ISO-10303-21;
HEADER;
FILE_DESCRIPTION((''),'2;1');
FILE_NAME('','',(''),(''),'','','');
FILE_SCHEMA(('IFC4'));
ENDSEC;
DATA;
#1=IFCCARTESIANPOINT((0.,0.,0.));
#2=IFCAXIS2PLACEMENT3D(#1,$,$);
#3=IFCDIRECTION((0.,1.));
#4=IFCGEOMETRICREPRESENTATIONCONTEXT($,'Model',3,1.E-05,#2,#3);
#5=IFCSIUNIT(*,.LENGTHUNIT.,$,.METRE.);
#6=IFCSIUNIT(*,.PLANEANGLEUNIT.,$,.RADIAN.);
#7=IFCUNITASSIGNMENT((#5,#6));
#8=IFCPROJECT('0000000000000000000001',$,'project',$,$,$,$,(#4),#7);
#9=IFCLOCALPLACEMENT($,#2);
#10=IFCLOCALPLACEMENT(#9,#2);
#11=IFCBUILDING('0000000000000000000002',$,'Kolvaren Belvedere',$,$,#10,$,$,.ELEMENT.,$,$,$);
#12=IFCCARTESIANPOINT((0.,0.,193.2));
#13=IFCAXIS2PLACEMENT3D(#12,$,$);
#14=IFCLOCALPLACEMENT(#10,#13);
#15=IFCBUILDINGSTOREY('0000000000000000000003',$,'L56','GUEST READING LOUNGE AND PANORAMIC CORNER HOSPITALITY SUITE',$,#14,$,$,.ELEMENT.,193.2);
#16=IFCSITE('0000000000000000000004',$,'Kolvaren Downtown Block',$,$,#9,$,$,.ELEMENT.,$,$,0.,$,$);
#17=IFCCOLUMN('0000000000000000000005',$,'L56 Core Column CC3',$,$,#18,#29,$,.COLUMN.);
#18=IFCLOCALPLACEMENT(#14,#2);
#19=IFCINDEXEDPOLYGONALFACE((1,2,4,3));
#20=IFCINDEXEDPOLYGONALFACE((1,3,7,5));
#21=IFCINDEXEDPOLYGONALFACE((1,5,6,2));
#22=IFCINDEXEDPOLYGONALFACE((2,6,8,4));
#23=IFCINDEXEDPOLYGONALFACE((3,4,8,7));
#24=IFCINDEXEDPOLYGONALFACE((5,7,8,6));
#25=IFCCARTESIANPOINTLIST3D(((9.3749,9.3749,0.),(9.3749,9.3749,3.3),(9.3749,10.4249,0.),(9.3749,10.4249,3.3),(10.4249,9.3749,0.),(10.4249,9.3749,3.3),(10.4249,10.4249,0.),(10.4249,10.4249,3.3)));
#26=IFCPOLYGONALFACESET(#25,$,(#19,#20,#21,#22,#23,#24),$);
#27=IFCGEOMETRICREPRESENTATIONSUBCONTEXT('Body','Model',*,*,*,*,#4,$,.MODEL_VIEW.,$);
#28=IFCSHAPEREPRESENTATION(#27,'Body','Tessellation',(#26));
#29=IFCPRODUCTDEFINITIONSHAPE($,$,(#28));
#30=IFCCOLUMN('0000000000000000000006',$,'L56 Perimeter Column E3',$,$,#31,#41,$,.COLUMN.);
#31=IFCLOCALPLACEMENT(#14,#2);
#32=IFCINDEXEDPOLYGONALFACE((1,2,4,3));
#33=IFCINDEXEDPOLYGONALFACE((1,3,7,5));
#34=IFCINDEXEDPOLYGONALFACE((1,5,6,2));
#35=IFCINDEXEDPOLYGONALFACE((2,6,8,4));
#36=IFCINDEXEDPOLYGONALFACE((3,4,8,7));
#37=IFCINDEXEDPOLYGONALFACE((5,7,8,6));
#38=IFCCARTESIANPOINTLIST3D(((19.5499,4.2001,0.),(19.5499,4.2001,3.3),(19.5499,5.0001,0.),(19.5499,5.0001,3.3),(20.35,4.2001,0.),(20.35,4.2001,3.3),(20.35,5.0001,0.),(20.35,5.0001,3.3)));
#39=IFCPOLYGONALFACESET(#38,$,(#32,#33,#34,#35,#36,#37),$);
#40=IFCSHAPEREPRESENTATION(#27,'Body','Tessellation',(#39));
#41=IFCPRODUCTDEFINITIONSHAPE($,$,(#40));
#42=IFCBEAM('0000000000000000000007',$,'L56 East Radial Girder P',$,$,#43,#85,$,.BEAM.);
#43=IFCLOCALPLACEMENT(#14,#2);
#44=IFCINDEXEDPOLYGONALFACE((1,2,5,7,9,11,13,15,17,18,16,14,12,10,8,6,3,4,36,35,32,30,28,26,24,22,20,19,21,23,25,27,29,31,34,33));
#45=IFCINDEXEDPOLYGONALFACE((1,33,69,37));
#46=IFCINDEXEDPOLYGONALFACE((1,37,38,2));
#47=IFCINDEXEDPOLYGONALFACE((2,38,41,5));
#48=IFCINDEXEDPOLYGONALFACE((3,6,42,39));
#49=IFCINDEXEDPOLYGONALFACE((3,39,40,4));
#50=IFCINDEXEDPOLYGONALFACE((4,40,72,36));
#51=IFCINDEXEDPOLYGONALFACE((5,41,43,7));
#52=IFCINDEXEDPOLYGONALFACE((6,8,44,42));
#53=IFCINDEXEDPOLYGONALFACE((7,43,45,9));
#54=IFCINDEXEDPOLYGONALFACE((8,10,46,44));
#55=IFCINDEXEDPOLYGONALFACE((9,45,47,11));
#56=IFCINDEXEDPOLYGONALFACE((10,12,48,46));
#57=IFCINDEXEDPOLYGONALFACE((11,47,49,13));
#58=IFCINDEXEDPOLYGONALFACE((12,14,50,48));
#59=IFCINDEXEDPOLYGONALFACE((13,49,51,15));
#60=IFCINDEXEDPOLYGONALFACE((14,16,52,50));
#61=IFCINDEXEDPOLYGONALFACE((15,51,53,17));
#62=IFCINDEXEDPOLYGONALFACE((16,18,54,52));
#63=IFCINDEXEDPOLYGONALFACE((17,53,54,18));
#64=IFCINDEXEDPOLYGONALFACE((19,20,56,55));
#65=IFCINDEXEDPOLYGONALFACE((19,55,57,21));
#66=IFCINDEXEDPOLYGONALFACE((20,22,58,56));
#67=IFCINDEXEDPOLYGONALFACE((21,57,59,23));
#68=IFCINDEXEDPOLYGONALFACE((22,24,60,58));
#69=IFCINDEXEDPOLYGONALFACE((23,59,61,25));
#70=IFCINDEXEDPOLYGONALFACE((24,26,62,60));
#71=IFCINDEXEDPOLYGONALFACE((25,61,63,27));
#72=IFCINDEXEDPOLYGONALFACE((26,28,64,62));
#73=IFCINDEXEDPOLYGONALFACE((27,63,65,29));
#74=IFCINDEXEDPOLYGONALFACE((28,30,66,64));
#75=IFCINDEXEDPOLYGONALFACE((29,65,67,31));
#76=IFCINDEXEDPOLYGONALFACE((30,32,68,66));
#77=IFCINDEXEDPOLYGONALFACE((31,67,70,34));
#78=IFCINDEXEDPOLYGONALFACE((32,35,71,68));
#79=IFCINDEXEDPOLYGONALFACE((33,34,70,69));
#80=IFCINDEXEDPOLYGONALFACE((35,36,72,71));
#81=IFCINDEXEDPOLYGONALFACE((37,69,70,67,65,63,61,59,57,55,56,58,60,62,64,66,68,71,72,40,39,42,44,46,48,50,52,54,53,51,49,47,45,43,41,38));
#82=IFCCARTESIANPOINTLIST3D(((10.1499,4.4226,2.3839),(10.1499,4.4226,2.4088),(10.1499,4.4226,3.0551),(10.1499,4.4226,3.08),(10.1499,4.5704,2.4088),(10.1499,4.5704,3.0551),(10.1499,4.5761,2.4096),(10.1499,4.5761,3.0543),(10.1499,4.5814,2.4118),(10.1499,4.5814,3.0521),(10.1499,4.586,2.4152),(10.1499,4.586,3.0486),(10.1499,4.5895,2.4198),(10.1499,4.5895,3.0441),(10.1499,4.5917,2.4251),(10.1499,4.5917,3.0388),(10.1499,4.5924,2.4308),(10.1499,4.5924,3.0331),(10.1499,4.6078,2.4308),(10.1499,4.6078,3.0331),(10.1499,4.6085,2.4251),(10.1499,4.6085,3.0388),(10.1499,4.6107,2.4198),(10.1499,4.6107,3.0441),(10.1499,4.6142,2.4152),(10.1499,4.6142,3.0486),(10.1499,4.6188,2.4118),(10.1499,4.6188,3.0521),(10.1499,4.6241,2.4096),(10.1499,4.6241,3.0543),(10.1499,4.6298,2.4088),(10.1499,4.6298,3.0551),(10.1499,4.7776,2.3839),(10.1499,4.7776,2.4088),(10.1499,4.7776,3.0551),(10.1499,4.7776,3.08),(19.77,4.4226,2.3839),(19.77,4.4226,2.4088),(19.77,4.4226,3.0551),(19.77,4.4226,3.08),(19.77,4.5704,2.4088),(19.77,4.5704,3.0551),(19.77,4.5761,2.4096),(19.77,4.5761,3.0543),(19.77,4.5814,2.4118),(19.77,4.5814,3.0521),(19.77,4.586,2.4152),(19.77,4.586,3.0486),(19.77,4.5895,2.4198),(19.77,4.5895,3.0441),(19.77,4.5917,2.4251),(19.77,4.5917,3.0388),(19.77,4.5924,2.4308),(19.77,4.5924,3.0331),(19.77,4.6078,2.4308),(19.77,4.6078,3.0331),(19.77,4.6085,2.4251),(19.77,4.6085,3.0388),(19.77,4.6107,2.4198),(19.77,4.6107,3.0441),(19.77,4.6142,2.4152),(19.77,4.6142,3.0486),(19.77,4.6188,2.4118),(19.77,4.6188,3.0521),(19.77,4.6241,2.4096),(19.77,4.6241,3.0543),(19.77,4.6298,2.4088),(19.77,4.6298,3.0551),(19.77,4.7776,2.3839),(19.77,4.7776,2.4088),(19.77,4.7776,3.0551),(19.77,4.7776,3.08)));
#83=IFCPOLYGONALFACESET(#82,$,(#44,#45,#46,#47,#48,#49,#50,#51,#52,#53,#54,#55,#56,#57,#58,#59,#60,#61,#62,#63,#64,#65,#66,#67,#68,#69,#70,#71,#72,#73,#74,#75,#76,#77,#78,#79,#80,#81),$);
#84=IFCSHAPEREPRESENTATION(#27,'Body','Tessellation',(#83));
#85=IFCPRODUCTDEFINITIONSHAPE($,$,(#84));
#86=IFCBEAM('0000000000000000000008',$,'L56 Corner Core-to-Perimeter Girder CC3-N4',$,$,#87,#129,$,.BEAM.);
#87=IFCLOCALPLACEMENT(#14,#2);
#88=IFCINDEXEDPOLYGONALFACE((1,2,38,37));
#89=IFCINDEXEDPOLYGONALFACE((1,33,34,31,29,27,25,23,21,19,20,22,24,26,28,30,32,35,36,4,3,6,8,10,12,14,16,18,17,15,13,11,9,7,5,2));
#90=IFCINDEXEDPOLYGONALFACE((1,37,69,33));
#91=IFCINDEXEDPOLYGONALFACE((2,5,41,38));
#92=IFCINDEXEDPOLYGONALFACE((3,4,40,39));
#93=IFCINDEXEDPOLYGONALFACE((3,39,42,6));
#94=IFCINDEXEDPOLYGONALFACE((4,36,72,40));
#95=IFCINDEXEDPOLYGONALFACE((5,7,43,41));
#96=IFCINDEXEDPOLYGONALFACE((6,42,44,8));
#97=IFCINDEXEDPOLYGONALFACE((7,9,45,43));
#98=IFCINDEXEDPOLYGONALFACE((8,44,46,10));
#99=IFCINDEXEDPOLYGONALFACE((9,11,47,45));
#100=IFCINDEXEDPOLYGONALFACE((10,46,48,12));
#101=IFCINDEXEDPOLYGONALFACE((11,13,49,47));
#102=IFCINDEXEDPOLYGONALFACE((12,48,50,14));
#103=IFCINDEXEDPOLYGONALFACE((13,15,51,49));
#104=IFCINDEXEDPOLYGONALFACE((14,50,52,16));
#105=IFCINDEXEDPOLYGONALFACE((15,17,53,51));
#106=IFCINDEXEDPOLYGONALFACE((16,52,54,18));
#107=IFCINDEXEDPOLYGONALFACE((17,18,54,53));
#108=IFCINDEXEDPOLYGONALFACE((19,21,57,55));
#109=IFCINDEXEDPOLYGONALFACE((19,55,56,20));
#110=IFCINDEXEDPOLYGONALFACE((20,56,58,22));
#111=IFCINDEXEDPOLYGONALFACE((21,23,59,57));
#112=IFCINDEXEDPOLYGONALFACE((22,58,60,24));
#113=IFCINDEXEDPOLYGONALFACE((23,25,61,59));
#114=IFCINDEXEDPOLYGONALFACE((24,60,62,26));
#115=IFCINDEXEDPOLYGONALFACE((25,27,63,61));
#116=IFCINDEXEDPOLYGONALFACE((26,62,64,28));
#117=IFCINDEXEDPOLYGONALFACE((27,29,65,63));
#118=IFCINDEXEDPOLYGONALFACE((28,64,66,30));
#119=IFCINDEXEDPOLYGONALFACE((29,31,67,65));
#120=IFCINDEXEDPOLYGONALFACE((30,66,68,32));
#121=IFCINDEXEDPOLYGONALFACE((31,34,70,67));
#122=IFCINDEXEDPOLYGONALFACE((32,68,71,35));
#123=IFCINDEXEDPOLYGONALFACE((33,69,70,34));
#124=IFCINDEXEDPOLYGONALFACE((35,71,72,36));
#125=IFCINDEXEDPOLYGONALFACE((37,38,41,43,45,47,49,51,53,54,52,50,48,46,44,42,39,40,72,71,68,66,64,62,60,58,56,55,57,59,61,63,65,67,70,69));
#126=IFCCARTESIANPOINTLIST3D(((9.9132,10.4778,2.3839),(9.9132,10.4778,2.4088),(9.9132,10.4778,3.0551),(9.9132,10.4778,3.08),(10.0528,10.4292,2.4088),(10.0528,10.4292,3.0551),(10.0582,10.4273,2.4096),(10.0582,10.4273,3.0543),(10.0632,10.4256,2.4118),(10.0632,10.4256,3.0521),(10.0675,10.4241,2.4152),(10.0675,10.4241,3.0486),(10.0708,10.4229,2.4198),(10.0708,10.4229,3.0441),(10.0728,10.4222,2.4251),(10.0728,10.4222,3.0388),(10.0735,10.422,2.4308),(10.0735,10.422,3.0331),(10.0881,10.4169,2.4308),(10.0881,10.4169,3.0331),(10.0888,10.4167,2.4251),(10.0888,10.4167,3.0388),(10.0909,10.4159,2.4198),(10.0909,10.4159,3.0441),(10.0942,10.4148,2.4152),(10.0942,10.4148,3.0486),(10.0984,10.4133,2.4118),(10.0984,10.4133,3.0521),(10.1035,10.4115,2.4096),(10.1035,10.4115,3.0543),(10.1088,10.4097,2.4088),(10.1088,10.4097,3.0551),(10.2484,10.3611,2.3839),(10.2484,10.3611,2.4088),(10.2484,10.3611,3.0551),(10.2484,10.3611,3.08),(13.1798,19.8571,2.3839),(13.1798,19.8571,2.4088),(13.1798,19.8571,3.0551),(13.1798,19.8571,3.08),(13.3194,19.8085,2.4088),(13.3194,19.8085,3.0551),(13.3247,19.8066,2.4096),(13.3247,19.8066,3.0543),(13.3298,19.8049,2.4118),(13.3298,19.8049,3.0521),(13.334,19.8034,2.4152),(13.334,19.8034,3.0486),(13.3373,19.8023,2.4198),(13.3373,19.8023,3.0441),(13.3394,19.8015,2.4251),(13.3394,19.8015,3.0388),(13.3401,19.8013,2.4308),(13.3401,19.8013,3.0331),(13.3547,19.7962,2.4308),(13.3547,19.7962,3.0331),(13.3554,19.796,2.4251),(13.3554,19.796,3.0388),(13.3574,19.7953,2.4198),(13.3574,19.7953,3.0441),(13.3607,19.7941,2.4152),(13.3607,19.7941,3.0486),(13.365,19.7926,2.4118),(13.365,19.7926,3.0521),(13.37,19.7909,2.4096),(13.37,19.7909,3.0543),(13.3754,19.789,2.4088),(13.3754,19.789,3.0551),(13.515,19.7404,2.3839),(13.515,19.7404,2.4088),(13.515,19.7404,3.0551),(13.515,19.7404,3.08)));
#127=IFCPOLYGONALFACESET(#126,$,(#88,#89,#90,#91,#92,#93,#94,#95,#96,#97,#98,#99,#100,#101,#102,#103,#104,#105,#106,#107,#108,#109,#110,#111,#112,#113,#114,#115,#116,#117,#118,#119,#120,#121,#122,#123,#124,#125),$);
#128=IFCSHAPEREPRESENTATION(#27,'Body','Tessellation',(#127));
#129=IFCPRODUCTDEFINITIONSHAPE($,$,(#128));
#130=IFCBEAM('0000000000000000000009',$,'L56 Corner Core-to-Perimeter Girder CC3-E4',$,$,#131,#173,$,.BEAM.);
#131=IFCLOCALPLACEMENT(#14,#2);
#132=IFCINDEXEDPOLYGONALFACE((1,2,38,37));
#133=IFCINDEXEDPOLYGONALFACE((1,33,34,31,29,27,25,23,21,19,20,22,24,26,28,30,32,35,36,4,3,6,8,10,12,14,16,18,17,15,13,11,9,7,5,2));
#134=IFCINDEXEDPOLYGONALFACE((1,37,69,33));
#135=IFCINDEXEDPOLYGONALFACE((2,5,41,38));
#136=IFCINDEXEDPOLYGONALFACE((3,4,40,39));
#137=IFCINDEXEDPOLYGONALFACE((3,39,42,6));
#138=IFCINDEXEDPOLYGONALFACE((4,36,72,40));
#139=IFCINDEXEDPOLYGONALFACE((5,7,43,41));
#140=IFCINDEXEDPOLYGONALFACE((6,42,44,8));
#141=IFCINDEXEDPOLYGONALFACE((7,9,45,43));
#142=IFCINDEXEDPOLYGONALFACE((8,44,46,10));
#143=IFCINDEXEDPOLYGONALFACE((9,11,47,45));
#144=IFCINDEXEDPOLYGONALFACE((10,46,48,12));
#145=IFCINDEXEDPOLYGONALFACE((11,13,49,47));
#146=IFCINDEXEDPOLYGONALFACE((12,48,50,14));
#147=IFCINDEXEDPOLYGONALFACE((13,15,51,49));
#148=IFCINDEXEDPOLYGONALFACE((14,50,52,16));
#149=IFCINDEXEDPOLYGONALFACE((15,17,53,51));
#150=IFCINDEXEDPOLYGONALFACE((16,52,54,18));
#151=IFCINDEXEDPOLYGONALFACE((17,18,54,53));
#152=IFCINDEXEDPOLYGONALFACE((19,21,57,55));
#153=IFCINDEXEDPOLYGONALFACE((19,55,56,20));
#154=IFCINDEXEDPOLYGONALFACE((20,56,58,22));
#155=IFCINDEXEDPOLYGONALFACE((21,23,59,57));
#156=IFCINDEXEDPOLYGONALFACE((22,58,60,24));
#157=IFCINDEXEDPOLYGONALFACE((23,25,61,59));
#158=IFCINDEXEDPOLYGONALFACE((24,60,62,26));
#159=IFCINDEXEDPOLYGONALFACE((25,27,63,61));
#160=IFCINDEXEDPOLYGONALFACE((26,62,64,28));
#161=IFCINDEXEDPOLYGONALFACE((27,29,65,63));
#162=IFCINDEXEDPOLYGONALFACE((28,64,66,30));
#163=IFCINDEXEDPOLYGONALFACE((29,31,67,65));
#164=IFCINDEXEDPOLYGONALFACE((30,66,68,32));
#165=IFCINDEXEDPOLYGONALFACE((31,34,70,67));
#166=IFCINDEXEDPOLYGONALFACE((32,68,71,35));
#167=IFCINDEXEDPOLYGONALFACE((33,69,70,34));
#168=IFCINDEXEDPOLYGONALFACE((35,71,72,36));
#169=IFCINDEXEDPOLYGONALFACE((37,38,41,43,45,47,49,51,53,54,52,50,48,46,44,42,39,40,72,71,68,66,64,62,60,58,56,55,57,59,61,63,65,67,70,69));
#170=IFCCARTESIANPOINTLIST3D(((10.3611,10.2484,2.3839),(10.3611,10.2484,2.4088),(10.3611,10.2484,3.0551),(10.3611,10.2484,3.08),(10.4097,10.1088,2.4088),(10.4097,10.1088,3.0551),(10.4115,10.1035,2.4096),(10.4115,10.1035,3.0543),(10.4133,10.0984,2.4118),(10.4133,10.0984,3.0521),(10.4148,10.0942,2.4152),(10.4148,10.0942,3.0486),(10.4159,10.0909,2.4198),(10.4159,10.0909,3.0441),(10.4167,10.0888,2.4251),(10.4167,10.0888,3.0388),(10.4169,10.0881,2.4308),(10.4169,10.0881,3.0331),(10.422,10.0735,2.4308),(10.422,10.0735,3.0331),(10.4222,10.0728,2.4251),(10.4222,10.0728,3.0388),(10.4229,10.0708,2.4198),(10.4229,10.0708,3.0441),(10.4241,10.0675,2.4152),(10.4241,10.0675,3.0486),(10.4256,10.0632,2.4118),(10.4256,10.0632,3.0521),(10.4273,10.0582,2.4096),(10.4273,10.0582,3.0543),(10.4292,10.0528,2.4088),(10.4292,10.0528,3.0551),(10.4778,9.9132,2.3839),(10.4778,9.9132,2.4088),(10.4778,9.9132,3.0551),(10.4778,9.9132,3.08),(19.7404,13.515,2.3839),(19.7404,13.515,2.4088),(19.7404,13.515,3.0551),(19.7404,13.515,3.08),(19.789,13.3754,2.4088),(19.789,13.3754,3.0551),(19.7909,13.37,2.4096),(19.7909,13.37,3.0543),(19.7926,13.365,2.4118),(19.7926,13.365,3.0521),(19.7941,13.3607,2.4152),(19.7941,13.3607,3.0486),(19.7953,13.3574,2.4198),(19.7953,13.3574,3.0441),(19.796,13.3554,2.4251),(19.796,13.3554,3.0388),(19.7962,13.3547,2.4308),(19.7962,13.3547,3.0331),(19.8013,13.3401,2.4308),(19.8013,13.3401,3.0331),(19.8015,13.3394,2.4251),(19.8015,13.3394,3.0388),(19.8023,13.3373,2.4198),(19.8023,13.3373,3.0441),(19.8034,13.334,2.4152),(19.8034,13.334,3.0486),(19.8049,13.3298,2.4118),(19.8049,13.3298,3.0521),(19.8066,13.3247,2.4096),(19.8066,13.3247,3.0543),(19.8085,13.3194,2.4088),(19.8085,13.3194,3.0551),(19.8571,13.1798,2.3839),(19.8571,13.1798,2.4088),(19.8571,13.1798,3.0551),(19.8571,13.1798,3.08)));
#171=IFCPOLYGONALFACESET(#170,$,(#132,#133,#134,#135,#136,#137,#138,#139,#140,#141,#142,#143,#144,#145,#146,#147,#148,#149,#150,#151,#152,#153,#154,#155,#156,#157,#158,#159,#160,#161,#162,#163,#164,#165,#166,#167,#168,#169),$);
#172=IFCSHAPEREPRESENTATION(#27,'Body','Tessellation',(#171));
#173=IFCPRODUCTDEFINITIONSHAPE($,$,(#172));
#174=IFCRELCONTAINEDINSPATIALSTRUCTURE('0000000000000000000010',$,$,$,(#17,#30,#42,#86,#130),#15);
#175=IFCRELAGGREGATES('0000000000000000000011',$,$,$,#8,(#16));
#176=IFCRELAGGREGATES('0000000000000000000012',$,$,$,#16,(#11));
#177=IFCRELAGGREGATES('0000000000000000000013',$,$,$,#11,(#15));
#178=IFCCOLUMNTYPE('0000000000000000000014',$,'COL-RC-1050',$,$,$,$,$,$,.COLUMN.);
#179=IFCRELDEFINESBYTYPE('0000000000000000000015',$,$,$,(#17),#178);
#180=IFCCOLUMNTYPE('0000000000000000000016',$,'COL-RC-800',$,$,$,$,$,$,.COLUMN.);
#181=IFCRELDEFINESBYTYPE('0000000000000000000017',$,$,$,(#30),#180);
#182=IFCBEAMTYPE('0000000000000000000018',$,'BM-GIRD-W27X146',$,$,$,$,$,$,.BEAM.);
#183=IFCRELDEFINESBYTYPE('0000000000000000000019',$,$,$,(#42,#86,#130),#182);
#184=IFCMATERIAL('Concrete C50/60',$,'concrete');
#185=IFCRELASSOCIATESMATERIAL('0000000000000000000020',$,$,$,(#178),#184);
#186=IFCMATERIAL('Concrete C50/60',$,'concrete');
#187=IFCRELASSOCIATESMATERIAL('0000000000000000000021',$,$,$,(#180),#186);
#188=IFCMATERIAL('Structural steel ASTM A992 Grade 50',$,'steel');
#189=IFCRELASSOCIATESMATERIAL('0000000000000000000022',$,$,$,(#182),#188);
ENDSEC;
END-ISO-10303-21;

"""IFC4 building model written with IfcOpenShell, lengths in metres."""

from ifc_helpers import new_model, si_unit, direction, frame, origin, origin_2d, place, context, subcontext, project, spatial, rectangle, i_section, extrude, material, material_profile, profile_set, type_object, element, save


model = new_model("IFC4")

# Units and contexts
model_context = context("Model", 3, precision=1e-05, world=origin(), true_north=direction((0.0, 1.0)))
body_context = subcontext(model_context, "Body", "Model", "MODEL_VIEW")
ifc_project = project(units=[si_unit("LENGTHUNIT", "METRE"), si_unit("PLANEANGLEUNIT", "RADIAN")], contexts=[model_context])

# Site, building, storey
site_placement = place(None, origin())
site = spatial("IfcSite", under=ifc_project, at=site_placement, Name="Kolvaren Downtown Block", CompositionType="ELEMENT", RefElevation=0.0)
building_placement = place(site_placement, origin())
building = spatial("IfcBuilding", under=site, at=building_placement, Name="Kolvaren Belvedere", CompositionType="ELEMENT")
storey_placement = place(building_placement, frame((0.0, 0.0, 193.2)))
storey = spatial("IfcBuildingStorey", under=building, at=storey_placement, Name="L56", Description="GUEST READING LOUNGE AND PANORAMIC CORNER HOSPITALITY SUITE", CompositionType="ELEMENT", Elevation=193.2)

# Columns
ifc_material_1 = material(Name="Concrete C50/60", Category="concrete")
ifc_material_profile_1 = material_profile(ifc_material_1, rectangle(XDim=1.05, YDim=1.05, at=origin_2d()), Name="RC 1050X1050")
ifc_profile_set_1 = profile_set([ifc_material_profile_1], Name="Concrete C50/60")
column_type_1 = type_object("IfcColumnType", Name="COL-RC-1050", PredefinedType="COLUMN", material=ifc_profile_set_1)
column_1_placement = place(storey_placement, frame((9.8999, 9.8999, 0.0), z_axis=(0.0, 0.0, 1.0), x_axis=(1.0, 0.0, 0.0)))
element("IfcColumn", 1, at=column_1_placement, inside=storey, type_object=column_type_1, Name="L56 Core Column CC3", PredefinedType="COLUMN", context=body_context, shape_type="SweptSolid", body=[
    extrude(rectangle(XDim=1.05, YDim=1.05, at=origin_2d()), origin(), (0.0, 0.0, 1.0), 3.3),
])
ifc_material_2 = material(Name="Concrete C50/60", Category="concrete")
ifc_material_profile_2 = material_profile(ifc_material_2, rectangle(XDim=0.8, YDim=0.8, at=origin_2d()), Name="RC 800X800")
ifc_profile_set_2 = profile_set([ifc_material_profile_2], Name="Concrete C50/60")
column_type_2 = type_object("IfcColumnType", Name="COL-RC-800", PredefinedType="COLUMN", material=ifc_profile_set_2)
column_2_placement = place(storey_placement, frame((19.95, 4.6001, 0.0), z_axis=(0.0, 0.0, 1.0), x_axis=(1.0, 0.0, 0.0)))
element("IfcColumn", 2, at=column_2_placement, inside=storey, type_object=column_type_2, Name="L56 Perimeter Column E3", PredefinedType="COLUMN", context=body_context, shape_type="SweptSolid", body=[
    extrude(rectangle(XDim=0.8, YDim=0.8, at=origin_2d()), origin(), (0.0, 0.0, 1.0), 3.3),
])

# Beams
ifc_material_3 = material(Name="Structural steel ASTM A992 Grade 50", Category="steel")
ifc_material_profile_3 = material_profile(ifc_material_3, i_section(OverallWidth=0.355, OverallDepth=0.696, WebThickness=0.0154, FlangeThickness=0.0249, FilletRadius=0.022, at=origin_2d()), Name="W27X146")
ifc_profile_set_3 = profile_set([ifc_material_profile_3], Name="Structural steel ASTM A992 Grade 50")
beam_type_1 = type_object("IfcBeamType", Name="BM-GIRD-W27X146", PredefinedType="BEAM", material=ifc_profile_set_3)
beam_1_placement = place(storey_placement, frame((10.1499, 4.6001, 2.7319), z_axis=(1.0, 0.0, 0.0), x_axis=(0.0, 1.0, 0.0)))
element("IfcBeam", 3, at=beam_1_placement, inside=storey, type_object=beam_type_1, Name="L56 East Radial Girder P", PredefinedType="BEAM", context=body_context, shape_type="SweptSolid", body=[
    extrude(i_section(OverallWidth=0.355, OverallDepth=0.696, WebThickness=0.0154, FlangeThickness=0.0249, FilletRadius=0.022, at=origin_2d()), origin(), (0.0, 0.0, 1.0), 9.6201),
])
for number, where, z_axis, x_axis, name in (
    (4, (10.0808, 10.4194, 2.7319), (0.328898, 0.944365, 0.0), (-0.944365, 0.328898, 0.0), "L56 Corner Core-to-Perimeter Girder CC3-N4"),
    (5, (10.4194, 10.0808, 2.7319), (0.944365, 0.328898, 0.0), (-0.328898, 0.944365, 0.0), "L56 Corner Core-to-Perimeter Girder CC3-E4"),
):
    element("IfcBeam", number, at=place(storey_placement, frame(where, z_axis=z_axis, x_axis=x_axis)), inside=storey, type_object=beam_type_1, Name=name, PredefinedType="BEAM", context=body_context, shape_type="SweptSolid", body=[
        extrude(i_section(OverallWidth=0.355, OverallDepth=0.696, WebThickness=0.0154, FlangeThickness=0.0249, FilletRadius=0.022, at=origin_2d()), origin(), (0.0, 0.0, 1.0), 9.9319),
    ])

save(model, "model.ifc")
